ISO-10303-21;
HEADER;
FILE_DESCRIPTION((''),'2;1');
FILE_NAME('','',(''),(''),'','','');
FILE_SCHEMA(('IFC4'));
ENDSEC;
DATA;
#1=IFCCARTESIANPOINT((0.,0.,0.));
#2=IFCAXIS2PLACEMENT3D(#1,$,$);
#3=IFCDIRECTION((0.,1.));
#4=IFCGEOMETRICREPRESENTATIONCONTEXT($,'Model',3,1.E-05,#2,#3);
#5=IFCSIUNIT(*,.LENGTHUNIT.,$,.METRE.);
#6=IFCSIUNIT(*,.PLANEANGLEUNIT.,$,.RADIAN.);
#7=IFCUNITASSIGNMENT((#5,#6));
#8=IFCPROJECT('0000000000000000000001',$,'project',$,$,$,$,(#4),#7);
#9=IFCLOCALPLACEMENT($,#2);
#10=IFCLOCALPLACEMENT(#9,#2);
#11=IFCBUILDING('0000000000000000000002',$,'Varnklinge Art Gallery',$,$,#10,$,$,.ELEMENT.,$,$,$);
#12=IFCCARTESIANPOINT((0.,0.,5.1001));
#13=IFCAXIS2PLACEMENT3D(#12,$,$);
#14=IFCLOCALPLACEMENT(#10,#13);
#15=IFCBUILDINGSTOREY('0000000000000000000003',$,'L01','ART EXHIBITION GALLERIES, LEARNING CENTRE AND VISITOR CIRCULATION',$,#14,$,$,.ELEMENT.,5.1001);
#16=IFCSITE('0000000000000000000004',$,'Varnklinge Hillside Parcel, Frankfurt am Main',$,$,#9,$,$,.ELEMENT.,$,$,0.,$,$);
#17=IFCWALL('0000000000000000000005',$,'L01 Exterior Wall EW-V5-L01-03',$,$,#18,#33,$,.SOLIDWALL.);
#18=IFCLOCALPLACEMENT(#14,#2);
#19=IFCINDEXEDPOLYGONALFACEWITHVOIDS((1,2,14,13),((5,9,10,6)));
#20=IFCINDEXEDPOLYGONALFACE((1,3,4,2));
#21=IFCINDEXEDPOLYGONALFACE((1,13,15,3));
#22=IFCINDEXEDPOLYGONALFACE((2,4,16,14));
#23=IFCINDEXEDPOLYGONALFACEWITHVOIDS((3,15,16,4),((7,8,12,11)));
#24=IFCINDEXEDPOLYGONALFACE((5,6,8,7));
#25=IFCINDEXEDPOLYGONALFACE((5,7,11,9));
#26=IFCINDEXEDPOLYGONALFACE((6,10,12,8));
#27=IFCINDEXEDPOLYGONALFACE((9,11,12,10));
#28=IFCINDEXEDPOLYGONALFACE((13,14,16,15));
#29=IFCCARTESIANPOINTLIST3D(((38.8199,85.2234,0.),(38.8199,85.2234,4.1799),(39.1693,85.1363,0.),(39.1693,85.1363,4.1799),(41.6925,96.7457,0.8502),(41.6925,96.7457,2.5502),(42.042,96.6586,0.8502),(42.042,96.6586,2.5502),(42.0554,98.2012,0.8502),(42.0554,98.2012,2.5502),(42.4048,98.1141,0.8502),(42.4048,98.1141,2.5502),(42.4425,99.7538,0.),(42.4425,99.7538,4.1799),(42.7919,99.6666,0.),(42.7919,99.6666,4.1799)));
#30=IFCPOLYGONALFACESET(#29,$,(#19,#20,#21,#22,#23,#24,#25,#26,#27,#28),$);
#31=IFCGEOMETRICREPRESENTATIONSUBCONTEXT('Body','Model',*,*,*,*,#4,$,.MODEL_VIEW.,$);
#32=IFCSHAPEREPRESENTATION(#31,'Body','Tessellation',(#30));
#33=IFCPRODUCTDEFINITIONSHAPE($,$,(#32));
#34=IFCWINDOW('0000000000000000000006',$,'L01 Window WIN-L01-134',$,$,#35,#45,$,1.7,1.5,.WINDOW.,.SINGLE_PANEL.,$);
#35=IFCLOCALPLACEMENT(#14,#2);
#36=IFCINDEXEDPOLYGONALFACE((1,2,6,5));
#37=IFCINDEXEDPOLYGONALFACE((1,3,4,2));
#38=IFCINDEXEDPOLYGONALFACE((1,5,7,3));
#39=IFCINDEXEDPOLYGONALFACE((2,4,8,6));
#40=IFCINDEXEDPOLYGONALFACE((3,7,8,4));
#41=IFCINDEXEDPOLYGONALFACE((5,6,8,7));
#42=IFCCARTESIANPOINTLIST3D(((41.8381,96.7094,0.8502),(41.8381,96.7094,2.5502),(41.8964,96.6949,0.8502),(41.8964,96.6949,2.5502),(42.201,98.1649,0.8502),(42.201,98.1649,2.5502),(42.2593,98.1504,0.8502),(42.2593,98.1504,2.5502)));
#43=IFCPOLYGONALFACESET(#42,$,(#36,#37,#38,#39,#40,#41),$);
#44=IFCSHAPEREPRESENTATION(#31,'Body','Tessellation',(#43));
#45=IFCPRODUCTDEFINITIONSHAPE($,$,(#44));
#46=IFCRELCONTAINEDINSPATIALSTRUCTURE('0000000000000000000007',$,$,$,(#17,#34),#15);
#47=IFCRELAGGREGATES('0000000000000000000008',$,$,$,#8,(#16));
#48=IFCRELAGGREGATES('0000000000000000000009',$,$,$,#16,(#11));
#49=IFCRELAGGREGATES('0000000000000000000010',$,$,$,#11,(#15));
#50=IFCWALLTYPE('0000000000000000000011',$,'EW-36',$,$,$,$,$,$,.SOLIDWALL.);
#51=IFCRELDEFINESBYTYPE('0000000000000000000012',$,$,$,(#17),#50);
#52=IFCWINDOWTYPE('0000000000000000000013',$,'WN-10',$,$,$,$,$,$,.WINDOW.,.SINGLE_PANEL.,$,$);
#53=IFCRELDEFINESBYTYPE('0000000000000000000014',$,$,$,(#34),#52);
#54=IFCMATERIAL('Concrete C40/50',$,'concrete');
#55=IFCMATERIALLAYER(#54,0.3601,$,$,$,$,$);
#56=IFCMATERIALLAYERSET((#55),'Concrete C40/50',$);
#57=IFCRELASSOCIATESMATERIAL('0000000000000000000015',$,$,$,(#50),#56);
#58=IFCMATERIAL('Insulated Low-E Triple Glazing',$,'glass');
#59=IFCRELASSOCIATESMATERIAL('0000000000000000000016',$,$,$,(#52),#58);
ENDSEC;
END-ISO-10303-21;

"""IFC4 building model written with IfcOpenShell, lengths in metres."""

from ifc_helpers import new_model, si_unit, direction, frame, frame_2d, origin, place, context, subcontext, project, spatial, rectangle, extrude, material, layer, layer_set, type_object, element, fill, save


model = new_model("IFC4")

# Units and contexts
model_context = context("Model", 3, precision=1e-05, world=origin(), true_north=direction((0.0, 1.0)))
body_context = subcontext(model_context, "Body", "Model", "MODEL_VIEW")
ifc_project = project(units=[si_unit("LENGTHUNIT", "METRE"), si_unit("PLANEANGLEUNIT", "RADIAN")], contexts=[model_context])

# Site, building, storey
site_placement = place(None, origin())
site = spatial("IfcSite", under=ifc_project, at=site_placement, Name="Varnklinge Hillside Parcel, Frankfurt am Main", CompositionType="ELEMENT", RefElevation=0.0)
building_placement = place(site_placement, origin())
building = spatial("IfcBuilding", under=site, at=building_placement, Name="Varnklinge Art Gallery", CompositionType="ELEMENT")
storey_placement = place(building_placement, frame((0.0, 0.0, 5.1001)))
storey = spatial("IfcBuildingStorey", under=building, at=storey_placement, Name="L01", Description="ART EXHIBITION GALLERIES, LEARNING CENTRE AND VISITOR CIRCULATION", CompositionType="ELEMENT", Elevation=5.1001)

# Wall, opening, window
ifc_material_1 = material(Name="Concrete C40/50", Category="concrete")
ifc_layer_1 = layer(ifc_material_1, 0.3601)
ifc_layer_set_1 = layer_set([ifc_layer_1], Name="Concrete C40/50")
wall_type_1 = type_object("IfcWallType", Name="EW-36", PredefinedType="SOLIDWALL", material=ifc_layer_set_1)
wall_1_placement = place(storey_placement, frame((42.6172, 99.7102, 0.0), z_axis=(0.0, 0.0, 1.0), x_axis=(-0.241906, -0.9703, 0.0)))
wall_1 = element("IfcWall", 1, at=wall_1_placement, inside=storey, type_object=wall_type_1, Name="L01 Exterior Wall EW-V5-L01-03", PredefinedType="SOLIDWALL", context=body_context, shape_type="SweptSolid", body=[
    extrude(rectangle(XDim=14.9751, YDim=0.3601, at=frame_2d((7.4875, 0.0))), origin(), (0.0, 0.0, 1.0), 4.1799),
])
opening_placement = place(wall_1_placement, frame((1.6001, 0.0, 0.8501)))
opening = element("IfcOpeningElement", 2, at=opening_placement, cuts=wall_1, PredefinedType="OPENING", context=body_context, shape_type="SweptSolid", body=[
    extrude(rectangle(XDim=1.5, YDim=1.7, at=frame_2d((0.75, 0.8501))), frame((0.0, 0.1902, 0.0), z_axis=(0.0, -1.0, 0.0), x_axis=(1.0, 0.0, 0.0)), (0.0, 0.0, 1.0), 0.3801),
])
ifc_material_2 = material(Name="Insulated Low-E Triple Glazing", Category="glass")
window_type = type_object("IfcWindowType", Name="WN-10", PartitioningType="SINGLE_PANEL", PredefinedType="WINDOW", material=ifc_material_2)
window_placement = place(opening_placement, origin())
window = element("IfcWindow", 3, at=window_placement, inside=storey, type_object=window_type, Name="L01 Window WIN-L01-134", OverallHeight=1.7, OverallWidth=1.5, PartitioningType="SINGLE_PANEL", PredefinedType="WINDOW", context=body_context, shape_type="SweptSolid", body=[
    extrude(rectangle(XDim=1.5, YDim=1.7, at=frame_2d((0.75, 0.8501))), frame((0.0, 0.03, 0.0), z_axis=(0.0, -1.0, 0.0), x_axis=(1.0, 0.0, 0.0)), (0.0, 0.0, 1.0), 0.0601),
])
fill(opening, window)

save(model, "model.ifc")
